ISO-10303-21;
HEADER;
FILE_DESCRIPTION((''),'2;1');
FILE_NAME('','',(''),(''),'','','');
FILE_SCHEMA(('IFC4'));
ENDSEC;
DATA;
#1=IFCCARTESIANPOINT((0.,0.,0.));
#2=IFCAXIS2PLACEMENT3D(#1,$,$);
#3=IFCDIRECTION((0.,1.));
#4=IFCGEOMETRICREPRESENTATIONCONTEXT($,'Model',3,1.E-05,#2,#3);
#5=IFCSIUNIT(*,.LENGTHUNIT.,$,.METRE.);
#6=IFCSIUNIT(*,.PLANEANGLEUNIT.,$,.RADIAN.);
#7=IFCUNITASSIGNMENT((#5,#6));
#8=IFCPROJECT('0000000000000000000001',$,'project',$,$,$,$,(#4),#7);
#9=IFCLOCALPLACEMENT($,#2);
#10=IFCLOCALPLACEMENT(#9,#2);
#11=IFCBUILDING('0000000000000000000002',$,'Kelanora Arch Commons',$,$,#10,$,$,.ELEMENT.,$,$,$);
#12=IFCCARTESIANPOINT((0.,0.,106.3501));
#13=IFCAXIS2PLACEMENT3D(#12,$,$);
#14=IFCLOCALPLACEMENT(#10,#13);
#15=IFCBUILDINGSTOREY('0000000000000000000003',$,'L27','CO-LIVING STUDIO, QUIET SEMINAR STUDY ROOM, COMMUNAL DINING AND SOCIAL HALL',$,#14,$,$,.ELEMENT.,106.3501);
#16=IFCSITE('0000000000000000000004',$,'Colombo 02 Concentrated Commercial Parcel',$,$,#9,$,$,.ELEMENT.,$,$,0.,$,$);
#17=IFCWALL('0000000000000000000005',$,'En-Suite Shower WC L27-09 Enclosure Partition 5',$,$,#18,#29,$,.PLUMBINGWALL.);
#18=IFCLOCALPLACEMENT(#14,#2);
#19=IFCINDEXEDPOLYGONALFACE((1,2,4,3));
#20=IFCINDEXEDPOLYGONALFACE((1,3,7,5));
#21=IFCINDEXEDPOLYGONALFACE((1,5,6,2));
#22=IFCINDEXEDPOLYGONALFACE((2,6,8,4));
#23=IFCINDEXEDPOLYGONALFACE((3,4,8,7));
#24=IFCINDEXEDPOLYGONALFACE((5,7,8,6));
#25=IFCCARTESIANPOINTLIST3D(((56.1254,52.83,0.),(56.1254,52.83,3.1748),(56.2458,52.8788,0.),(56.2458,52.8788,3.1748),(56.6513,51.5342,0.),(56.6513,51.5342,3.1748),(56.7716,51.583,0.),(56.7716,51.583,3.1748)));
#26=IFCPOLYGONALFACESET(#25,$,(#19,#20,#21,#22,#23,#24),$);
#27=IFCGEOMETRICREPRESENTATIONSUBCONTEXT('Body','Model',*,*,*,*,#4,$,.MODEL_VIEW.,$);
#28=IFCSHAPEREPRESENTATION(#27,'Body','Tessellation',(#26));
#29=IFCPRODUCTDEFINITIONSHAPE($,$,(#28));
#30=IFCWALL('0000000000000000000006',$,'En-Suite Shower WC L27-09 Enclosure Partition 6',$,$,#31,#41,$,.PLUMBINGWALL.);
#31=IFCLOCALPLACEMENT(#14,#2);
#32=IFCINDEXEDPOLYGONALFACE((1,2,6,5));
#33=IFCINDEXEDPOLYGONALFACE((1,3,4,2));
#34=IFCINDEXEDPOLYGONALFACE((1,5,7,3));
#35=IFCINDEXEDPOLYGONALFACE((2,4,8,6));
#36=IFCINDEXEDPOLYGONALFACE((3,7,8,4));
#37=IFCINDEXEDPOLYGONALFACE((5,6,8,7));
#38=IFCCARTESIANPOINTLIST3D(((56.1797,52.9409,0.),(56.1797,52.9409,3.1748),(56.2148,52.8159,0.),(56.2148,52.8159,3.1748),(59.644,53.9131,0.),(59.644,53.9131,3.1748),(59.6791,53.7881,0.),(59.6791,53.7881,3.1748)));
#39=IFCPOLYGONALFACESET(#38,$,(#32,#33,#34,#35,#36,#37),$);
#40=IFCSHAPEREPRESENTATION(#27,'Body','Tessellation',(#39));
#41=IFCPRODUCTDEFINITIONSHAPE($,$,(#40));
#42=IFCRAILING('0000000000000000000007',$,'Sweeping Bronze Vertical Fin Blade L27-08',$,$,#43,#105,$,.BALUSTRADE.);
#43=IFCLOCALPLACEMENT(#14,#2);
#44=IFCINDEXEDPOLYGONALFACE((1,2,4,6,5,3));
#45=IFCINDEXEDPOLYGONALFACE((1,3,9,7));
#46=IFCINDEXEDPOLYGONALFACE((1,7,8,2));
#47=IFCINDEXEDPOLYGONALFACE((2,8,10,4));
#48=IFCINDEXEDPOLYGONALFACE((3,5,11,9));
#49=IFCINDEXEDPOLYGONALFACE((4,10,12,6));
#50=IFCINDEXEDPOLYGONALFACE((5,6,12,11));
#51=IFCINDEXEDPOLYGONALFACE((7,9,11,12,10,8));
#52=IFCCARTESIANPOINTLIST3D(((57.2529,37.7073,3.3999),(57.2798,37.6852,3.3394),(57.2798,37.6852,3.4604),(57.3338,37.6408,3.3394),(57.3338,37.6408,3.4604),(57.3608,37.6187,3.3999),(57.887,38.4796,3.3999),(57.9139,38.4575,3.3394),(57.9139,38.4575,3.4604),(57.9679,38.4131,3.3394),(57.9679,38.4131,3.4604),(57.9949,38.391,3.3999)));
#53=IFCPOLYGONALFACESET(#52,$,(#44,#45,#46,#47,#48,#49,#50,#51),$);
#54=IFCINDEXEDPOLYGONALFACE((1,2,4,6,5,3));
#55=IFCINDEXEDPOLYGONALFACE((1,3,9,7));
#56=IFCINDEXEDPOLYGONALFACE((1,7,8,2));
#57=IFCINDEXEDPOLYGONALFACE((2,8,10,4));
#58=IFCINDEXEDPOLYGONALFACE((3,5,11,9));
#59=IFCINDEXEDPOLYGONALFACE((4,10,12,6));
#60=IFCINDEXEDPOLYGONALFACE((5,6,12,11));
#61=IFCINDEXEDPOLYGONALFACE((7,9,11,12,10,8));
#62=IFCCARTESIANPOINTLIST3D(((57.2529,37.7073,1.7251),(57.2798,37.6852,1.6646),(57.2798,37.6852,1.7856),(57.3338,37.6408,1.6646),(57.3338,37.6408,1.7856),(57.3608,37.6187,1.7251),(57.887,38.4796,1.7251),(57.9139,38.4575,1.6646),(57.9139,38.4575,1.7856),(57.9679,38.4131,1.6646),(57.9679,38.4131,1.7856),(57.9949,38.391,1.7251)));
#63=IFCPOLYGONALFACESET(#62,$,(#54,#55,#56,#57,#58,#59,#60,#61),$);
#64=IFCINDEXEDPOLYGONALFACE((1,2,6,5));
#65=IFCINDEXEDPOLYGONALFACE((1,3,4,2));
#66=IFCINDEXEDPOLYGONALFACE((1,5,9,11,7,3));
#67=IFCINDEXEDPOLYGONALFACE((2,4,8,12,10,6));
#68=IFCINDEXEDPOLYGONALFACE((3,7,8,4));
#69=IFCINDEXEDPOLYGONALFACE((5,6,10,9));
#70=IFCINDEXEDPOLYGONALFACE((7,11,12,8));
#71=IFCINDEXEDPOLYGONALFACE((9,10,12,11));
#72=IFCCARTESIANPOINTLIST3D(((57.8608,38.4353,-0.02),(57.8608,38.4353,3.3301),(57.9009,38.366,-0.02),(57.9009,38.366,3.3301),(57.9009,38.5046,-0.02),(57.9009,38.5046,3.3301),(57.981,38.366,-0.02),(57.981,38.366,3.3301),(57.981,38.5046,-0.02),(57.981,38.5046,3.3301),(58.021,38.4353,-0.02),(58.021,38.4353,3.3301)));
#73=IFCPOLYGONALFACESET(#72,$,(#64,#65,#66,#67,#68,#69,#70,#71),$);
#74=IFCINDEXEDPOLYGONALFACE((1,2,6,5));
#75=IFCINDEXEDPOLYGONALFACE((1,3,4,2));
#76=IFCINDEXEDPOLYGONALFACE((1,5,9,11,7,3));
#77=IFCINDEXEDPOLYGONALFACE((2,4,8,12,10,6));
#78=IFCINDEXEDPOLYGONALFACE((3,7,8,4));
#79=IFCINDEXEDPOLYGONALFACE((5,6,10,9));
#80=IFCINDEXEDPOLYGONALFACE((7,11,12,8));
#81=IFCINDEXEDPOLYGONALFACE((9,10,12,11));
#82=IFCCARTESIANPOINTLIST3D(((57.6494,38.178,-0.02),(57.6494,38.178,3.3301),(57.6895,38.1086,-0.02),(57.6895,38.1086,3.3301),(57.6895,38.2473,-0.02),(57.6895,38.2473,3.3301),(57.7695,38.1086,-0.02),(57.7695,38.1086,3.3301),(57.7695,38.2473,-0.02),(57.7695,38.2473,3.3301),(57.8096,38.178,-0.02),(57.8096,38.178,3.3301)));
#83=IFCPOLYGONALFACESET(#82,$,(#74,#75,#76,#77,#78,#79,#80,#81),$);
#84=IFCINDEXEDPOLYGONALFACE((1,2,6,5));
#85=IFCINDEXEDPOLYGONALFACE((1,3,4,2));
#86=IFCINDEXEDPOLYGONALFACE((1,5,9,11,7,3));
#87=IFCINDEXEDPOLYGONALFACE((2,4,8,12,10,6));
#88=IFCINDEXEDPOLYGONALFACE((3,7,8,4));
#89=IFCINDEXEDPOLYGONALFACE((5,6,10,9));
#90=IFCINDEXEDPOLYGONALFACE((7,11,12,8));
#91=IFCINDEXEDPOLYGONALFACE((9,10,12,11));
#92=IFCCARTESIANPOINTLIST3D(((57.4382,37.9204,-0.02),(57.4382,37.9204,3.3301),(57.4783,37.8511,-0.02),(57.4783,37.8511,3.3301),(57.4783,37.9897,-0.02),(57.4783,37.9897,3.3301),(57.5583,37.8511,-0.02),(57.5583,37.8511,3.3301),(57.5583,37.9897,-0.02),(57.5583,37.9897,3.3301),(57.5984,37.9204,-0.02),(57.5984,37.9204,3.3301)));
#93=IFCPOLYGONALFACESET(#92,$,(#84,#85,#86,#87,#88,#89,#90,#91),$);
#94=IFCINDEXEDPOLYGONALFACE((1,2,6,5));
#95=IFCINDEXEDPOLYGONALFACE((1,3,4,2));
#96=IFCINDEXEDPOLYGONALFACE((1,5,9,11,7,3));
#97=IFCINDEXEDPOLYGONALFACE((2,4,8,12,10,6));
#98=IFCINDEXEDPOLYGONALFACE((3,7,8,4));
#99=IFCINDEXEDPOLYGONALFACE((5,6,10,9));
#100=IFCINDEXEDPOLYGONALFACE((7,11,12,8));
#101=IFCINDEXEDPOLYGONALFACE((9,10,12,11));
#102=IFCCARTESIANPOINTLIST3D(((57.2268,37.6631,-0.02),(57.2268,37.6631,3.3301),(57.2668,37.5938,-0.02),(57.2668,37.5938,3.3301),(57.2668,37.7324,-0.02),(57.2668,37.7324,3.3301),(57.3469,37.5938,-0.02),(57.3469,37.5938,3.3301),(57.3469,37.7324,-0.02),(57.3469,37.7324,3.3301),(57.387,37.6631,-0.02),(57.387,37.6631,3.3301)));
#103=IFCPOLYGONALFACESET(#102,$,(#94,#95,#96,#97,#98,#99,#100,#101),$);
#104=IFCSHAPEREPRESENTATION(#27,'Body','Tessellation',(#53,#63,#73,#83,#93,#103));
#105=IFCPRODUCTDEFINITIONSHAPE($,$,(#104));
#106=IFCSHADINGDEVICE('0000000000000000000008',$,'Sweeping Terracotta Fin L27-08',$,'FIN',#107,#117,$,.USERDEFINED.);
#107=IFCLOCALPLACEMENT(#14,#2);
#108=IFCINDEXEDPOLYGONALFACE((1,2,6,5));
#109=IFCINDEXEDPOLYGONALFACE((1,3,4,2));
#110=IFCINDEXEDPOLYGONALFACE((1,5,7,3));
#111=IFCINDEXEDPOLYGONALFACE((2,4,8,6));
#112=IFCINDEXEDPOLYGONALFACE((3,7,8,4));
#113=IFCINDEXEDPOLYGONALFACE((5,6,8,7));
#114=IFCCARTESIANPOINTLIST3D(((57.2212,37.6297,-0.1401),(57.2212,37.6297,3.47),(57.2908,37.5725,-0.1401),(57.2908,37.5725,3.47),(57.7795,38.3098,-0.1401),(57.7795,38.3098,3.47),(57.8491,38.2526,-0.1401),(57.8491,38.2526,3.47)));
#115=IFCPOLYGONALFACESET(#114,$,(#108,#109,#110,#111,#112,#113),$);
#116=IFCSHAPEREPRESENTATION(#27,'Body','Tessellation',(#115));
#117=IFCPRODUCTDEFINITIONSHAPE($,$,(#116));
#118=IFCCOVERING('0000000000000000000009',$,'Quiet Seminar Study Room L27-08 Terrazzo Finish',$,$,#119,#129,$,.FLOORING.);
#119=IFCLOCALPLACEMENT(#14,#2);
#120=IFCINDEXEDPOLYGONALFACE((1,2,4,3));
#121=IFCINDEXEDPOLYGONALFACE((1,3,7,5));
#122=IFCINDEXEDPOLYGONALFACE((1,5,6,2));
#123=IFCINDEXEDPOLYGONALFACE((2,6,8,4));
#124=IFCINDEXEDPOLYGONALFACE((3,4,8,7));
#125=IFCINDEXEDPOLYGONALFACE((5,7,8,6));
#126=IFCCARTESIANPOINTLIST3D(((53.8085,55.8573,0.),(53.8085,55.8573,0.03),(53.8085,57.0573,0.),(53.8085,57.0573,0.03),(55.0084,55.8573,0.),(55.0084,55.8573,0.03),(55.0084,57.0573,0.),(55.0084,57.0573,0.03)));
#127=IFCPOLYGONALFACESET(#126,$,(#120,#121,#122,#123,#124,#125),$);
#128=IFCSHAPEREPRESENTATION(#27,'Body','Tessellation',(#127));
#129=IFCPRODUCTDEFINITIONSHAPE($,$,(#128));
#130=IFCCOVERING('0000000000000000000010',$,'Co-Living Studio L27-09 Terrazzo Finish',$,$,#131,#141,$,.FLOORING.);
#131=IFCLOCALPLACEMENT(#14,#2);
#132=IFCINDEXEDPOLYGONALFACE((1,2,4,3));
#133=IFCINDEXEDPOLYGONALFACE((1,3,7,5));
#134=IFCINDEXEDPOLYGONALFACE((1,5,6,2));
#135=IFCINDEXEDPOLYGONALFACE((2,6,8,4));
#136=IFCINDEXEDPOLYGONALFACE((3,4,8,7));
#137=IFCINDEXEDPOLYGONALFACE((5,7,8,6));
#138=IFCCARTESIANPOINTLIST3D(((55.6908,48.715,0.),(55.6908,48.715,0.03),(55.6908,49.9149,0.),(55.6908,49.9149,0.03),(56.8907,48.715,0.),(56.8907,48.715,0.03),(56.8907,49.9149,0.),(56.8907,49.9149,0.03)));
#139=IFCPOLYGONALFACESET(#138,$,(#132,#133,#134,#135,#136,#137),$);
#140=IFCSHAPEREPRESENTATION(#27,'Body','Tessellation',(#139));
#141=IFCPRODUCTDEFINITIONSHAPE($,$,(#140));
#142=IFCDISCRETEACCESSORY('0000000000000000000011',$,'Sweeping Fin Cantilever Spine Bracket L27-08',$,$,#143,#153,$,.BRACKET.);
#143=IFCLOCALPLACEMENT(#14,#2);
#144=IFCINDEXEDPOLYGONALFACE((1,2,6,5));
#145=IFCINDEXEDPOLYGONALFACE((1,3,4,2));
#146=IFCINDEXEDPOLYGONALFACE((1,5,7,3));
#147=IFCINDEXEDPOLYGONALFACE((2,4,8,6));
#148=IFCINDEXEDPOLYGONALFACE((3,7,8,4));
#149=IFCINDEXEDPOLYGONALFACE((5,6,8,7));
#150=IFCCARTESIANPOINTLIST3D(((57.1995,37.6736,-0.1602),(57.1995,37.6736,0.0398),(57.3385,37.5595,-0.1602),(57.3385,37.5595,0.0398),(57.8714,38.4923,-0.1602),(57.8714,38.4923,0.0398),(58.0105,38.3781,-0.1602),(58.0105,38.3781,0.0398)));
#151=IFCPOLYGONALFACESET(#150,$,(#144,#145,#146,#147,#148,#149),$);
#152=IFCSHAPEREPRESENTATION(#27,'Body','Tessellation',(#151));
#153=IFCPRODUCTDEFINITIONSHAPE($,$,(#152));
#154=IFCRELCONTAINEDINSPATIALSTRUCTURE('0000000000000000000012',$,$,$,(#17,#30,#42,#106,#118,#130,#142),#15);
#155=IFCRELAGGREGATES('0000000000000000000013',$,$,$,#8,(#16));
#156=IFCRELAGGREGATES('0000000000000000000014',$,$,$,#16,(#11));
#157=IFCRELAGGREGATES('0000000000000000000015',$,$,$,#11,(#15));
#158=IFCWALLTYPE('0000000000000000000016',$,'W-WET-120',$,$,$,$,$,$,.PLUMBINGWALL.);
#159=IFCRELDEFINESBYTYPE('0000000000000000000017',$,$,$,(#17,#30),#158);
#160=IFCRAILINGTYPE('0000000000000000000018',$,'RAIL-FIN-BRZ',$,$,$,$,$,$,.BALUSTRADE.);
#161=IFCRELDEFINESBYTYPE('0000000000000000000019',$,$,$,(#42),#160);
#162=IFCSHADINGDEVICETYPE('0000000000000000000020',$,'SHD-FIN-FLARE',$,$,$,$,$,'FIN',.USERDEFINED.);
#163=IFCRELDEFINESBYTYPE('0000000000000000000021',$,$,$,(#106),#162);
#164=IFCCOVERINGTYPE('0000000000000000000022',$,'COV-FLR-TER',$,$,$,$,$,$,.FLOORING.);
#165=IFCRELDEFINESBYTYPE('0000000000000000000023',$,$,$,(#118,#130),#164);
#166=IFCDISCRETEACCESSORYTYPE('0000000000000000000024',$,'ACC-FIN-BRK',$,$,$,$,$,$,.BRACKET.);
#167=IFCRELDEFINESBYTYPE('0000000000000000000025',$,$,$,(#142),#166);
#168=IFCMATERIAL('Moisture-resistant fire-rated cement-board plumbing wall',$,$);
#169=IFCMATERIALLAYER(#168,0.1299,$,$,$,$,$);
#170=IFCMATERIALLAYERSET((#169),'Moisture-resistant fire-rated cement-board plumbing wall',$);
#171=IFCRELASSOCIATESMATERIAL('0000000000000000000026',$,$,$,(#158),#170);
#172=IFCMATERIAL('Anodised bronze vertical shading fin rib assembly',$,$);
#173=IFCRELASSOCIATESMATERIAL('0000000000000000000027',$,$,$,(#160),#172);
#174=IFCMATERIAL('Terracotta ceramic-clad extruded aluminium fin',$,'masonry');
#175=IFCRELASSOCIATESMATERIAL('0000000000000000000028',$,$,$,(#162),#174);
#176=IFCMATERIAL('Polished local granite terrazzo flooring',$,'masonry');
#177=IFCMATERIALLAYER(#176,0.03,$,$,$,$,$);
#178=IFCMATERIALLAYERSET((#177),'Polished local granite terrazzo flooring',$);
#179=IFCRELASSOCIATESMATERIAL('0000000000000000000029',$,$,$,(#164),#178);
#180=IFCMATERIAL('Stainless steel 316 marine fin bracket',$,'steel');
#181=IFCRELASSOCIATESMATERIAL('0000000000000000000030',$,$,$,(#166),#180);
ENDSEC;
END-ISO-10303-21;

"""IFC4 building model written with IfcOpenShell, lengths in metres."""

from ifc_helpers import new_model, si_unit, direction, frame, frame_2d, origin, origin_2d, place, context, subcontext, project, spatial, polyline, rectangle, outline, extrude, source, transform, mapped, material, layer, layer_set, type_object, element, save


model = new_model("IFC4")

# Units and contexts
model_context = context("Model", 3, precision=1e-05, world=origin(), true_north=direction((0.0, 1.0)))
body_context = subcontext(model_context, "Body", "Model", "MODEL_VIEW")
ifc_project = project(units=[si_unit("LENGTHUNIT", "METRE"), si_unit("PLANEANGLEUNIT", "RADIAN")], contexts=[model_context])

# Site, building, storey
site_placement = place(None, origin())
site = spatial("IfcSite", under=ifc_project, at=site_placement, Name="Colombo 02 Concentrated Commercial Parcel", CompositionType="ELEMENT", RefElevation=0.0)
building_placement = place(site_placement, origin())
building = spatial("IfcBuilding", under=site, at=building_placement, Name="Kelanora Arch Commons", CompositionType="ELEMENT")
storey_placement = place(building_placement, frame((0.0, 0.0, 106.3501)))
storey = spatial("IfcBuildingStorey", under=building, at=storey_placement, Name="L27", Description="CO-LIVING STUDIO, QUIET SEMINAR STUDY ROOM, COMMUNAL DINING AND SOCIAL HALL", CompositionType="ELEMENT", Elevation=106.3501)

# Shared definitions
ifc_material_1 = material(Name="Moisture-resistant fire-rated cement-board plumbing wall")
ifc_layer_1 = layer(ifc_material_1, 0.1299)
ifc_layer_set_1 = layer_set([ifc_layer_1], Name="Moisture-resistant fire-rated cement-board plumbing wall")
wall_type_1 = type_object("IfcWallType", Name="W-WET-120", PredefinedType="PLUMBINGWALL", material=ifc_layer_set_1)

# Walls
wall_1_placement = place(storey_placement, frame((56.7114, 51.5586, 0.0), z_axis=(0.0, 0.0, 1.0), x_axis=(-0.376021, 0.926611, 0.0)))
element("IfcWall", 1, at=wall_1_placement, inside=storey, type_object=wall_type_1, Name="En-Suite Shower WC L27-09 Enclosure Partition 5", PredefinedType="PLUMBINGWALL", context=body_context, shape_type="SweptSolid", body=[
    extrude(rectangle(XDim=1.3984, YDim=0.1299, at=frame_2d((0.6992, 0.0))), origin(), (0.0, 0.0, 1.0), 3.1748),
])
wall_2_placement = place(storey_placement, frame((56.1973, 52.8784, 0.0), z_axis=(0.0, 0.0, 1.0), x_axis=(0.962809, 0.270184, 0.0)))
element("IfcWall", 2, at=wall_2_placement, inside=storey, type_object=wall_type_1, Name="En-Suite Shower WC L27-09 Enclosure Partition 6", PredefinedType="PLUMBINGWALL", context=body_context, shape_type="SweptSolid", body=[
    extrude(rectangle(XDim=3.5981, YDim=0.1299, at=frame_2d((1.7991, 0.0))), origin(), (0.0, 0.0, 1.0), 3.1748),
])

# Railing
ifc_material_2 = material(Name="Anodised bronze vertical shading fin rib assembly")
railing_type = type_object("IfcRailingType", Name="RAIL-FIN-BRZ", PredefinedType="BALUSTRADE", material=ifc_material_2)
railing_placement = place(storey_placement, frame((57.9409, 38.4353, -0.02)))
element("IfcRailing", 3, at=railing_placement, inside=storey, type_object=railing_type, Name="Sweeping Bronze Vertical Fin Blade L27-08", PredefinedType="BALUSTRADE", context=body_context, shape_type="SweptSolid", body=[
    extrude(outline(polyline([(0.0698, 0.0), (0.0349, 0.0605), (-0.0349, 0.0605), (-0.0698, 0.0), (-0.0349, -0.0605), (0.0349, -0.0605), (0.0698, 0.0)])), frame((0.0, 0.0, 3.4199), z_axis=(-0.634567, -0.772867, 0.0), x_axis=(0.772867, -0.634567, 0.0)), (0.0, 0.0, 1.0), 0.9993),
    extrude(outline(polyline([(0.0698, 0.0), (0.0349, 0.0605), (-0.0349, 0.0605), (-0.0698, 0.0), (-0.0349, -0.0605), (0.0349, -0.0605), (0.0698, 0.0)])), frame((0.0, 0.0, 1.7451), z_axis=(-0.634567, -0.772867, 0.0), x_axis=(0.772867, -0.634567, 0.0)), (0.0, 0.0, 1.0), 0.9993),
    extrude(outline(polyline([(0.0801, 0.0), (0.04, 0.0693), (-0.04, 0.0693), (-0.0801, 0.0), (-0.04, -0.0693), (0.04, -0.0693), (0.0801, 0.0)])), origin(), (0.0, 0.0, 1.0), 3.3501),
    extrude(outline(polyline([(0.0801, 0.0), (0.04, 0.0693), (-0.04, 0.0693), (-0.0801, 0.0), (-0.04, -0.0693), (0.04, -0.0693), (0.0801, 0.0)])), frame((-0.2114, -0.2573, 0.0)), (0.0, 0.0, 1.0), 3.3501),
    extrude(outline(polyline([(0.0801, 0.0), (0.04, 0.0693), (-0.04, 0.0693), (-0.0801, 0.0), (-0.04, -0.0693), (0.04, -0.0693), (0.0801, 0.0)])), frame((-0.4226, -0.5149, 0.0)), (0.0, 0.0, 1.0), 3.3501),
    extrude(outline(polyline([(0.0801, 0.0), (0.04, 0.0693), (-0.04, 0.0693), (-0.0801, 0.0), (-0.04, -0.0693), (0.04, -0.0693), (0.0801, 0.0)])), frame((-0.634, -0.7722, 0.0)), (0.0, 0.0, 1.0), 3.3501),
])

# Shading device
ifc_material_3 = material(Name="Terracotta ceramic-clad extruded aluminium fin", Category="masonry")
shading_device_type = type_object("IfcShadingDeviceType", Name="SHD-FIN-FLARE", ElementType="FIN", PredefinedType="USERDEFINED", material=ifc_material_3)
shared_shape_1 = source(origin(), body_context, "Body", "SweptSolid", [
    extrude(rectangle(XDim=0.8799, YDim=0.0901, at=origin_2d()), origin(), (0.0, 0.0, 1.0), 3.6101),
])
shading_device_placement = place(storey_placement, frame((57.5352, 37.9412, -0.1401), z_axis=(0.0, 0.0, 1.0), x_axis=(-0.634461, -0.772955, 0.0)))
element("IfcShadingDevice", 4, at=shading_device_placement, inside=storey, type_object=shading_device_type, Name="Sweeping Terracotta Fin L27-08", ObjectType="FIN", PredefinedType="USERDEFINED", context=body_context, shape_type="MappedRepresentation", body=[
    mapped(shared_shape_1, transform((0.0, 0.0, 0.0), scale=1.0)),
])

# Coverings
ifc_material_4 = material(Name="Polished local granite terrazzo flooring", Category="masonry")
ifc_layer_2 = layer(ifc_material_4, 0.03)
ifc_layer_set_2 = layer_set([ifc_layer_2], Name="Polished local granite terrazzo flooring")
covering_type = type_object("IfcCoveringType", Name="COV-FLR-TER", PredefinedType="FLOORING", material=ifc_layer_set_2)
shared_shape_2 = source(origin(), body_context, "Body", "SweptSolid", [
    extrude(rectangle(XDim=1.2, YDim=1.2, at=origin_2d()), origin(), (0.0, 0.0, 1.0), 0.03),
])
for number, where, z_axis, x_axis, name in (
    (5, (54.4084, 56.4573, 0.0), (0.0, 0.0, 1.0), (1.0, 0.0, 0.0), "Quiet Seminar Study Room L27-08 Terrazzo Finish"),
    (6, (56.2908, 49.3149, 0.0), (0.0, 0.0, 1.0), (1.0, 0.0, 0.0), "Co-Living Studio L27-09 Terrazzo Finish"),
):
    element("IfcCovering", number, at=place(storey_placement, frame(where, z_axis=z_axis, x_axis=x_axis)), inside=storey, type_object=covering_type, Name=name, PredefinedType="FLOORING", context=body_context, shape_type="MappedRepresentation", body=[
        mapped(shared_shape_2, transform((0.0, 0.0, 0.0), scale=1.0)),
    ])

# Discrete accessory
ifc_material_5 = material(Name="Stainless steel 316 marine fin bracket", Category="steel")
discrete_accessory_type = type_object("IfcDiscreteAccessoryType", Name="ACC-FIN-BRK", PredefinedType="BRACKET", material=ifc_material_5)
shared_shape_3 = source(origin(), body_context, "Body", "SweptSolid", [
    extrude(rectangle(XDim=1.0591, YDim=0.1799, at=origin_2d()), origin(), (0.0, 0.0, 1.0), 0.2),
])
discrete_accessory_placement = place(storey_placement, frame((57.605, 38.0259, -0.1602), z_axis=(0.0, 0.0, 1.0), x_axis=(-0.634461, -0.772955, 0.0)))
element("IfcDiscreteAccessory", 7, at=discrete_accessory_placement, inside=storey, type_object=discrete_accessory_type, Name="Sweeping Fin Cantilever Spine Bracket L27-08", PredefinedType="BRACKET", context=body_context, shape_type="MappedRepresentation", body=[
    mapped(shared_shape_3, transform((0.0, 0.0, 0.0), scale=1.0)),
])

save(model, "model.ifc")
